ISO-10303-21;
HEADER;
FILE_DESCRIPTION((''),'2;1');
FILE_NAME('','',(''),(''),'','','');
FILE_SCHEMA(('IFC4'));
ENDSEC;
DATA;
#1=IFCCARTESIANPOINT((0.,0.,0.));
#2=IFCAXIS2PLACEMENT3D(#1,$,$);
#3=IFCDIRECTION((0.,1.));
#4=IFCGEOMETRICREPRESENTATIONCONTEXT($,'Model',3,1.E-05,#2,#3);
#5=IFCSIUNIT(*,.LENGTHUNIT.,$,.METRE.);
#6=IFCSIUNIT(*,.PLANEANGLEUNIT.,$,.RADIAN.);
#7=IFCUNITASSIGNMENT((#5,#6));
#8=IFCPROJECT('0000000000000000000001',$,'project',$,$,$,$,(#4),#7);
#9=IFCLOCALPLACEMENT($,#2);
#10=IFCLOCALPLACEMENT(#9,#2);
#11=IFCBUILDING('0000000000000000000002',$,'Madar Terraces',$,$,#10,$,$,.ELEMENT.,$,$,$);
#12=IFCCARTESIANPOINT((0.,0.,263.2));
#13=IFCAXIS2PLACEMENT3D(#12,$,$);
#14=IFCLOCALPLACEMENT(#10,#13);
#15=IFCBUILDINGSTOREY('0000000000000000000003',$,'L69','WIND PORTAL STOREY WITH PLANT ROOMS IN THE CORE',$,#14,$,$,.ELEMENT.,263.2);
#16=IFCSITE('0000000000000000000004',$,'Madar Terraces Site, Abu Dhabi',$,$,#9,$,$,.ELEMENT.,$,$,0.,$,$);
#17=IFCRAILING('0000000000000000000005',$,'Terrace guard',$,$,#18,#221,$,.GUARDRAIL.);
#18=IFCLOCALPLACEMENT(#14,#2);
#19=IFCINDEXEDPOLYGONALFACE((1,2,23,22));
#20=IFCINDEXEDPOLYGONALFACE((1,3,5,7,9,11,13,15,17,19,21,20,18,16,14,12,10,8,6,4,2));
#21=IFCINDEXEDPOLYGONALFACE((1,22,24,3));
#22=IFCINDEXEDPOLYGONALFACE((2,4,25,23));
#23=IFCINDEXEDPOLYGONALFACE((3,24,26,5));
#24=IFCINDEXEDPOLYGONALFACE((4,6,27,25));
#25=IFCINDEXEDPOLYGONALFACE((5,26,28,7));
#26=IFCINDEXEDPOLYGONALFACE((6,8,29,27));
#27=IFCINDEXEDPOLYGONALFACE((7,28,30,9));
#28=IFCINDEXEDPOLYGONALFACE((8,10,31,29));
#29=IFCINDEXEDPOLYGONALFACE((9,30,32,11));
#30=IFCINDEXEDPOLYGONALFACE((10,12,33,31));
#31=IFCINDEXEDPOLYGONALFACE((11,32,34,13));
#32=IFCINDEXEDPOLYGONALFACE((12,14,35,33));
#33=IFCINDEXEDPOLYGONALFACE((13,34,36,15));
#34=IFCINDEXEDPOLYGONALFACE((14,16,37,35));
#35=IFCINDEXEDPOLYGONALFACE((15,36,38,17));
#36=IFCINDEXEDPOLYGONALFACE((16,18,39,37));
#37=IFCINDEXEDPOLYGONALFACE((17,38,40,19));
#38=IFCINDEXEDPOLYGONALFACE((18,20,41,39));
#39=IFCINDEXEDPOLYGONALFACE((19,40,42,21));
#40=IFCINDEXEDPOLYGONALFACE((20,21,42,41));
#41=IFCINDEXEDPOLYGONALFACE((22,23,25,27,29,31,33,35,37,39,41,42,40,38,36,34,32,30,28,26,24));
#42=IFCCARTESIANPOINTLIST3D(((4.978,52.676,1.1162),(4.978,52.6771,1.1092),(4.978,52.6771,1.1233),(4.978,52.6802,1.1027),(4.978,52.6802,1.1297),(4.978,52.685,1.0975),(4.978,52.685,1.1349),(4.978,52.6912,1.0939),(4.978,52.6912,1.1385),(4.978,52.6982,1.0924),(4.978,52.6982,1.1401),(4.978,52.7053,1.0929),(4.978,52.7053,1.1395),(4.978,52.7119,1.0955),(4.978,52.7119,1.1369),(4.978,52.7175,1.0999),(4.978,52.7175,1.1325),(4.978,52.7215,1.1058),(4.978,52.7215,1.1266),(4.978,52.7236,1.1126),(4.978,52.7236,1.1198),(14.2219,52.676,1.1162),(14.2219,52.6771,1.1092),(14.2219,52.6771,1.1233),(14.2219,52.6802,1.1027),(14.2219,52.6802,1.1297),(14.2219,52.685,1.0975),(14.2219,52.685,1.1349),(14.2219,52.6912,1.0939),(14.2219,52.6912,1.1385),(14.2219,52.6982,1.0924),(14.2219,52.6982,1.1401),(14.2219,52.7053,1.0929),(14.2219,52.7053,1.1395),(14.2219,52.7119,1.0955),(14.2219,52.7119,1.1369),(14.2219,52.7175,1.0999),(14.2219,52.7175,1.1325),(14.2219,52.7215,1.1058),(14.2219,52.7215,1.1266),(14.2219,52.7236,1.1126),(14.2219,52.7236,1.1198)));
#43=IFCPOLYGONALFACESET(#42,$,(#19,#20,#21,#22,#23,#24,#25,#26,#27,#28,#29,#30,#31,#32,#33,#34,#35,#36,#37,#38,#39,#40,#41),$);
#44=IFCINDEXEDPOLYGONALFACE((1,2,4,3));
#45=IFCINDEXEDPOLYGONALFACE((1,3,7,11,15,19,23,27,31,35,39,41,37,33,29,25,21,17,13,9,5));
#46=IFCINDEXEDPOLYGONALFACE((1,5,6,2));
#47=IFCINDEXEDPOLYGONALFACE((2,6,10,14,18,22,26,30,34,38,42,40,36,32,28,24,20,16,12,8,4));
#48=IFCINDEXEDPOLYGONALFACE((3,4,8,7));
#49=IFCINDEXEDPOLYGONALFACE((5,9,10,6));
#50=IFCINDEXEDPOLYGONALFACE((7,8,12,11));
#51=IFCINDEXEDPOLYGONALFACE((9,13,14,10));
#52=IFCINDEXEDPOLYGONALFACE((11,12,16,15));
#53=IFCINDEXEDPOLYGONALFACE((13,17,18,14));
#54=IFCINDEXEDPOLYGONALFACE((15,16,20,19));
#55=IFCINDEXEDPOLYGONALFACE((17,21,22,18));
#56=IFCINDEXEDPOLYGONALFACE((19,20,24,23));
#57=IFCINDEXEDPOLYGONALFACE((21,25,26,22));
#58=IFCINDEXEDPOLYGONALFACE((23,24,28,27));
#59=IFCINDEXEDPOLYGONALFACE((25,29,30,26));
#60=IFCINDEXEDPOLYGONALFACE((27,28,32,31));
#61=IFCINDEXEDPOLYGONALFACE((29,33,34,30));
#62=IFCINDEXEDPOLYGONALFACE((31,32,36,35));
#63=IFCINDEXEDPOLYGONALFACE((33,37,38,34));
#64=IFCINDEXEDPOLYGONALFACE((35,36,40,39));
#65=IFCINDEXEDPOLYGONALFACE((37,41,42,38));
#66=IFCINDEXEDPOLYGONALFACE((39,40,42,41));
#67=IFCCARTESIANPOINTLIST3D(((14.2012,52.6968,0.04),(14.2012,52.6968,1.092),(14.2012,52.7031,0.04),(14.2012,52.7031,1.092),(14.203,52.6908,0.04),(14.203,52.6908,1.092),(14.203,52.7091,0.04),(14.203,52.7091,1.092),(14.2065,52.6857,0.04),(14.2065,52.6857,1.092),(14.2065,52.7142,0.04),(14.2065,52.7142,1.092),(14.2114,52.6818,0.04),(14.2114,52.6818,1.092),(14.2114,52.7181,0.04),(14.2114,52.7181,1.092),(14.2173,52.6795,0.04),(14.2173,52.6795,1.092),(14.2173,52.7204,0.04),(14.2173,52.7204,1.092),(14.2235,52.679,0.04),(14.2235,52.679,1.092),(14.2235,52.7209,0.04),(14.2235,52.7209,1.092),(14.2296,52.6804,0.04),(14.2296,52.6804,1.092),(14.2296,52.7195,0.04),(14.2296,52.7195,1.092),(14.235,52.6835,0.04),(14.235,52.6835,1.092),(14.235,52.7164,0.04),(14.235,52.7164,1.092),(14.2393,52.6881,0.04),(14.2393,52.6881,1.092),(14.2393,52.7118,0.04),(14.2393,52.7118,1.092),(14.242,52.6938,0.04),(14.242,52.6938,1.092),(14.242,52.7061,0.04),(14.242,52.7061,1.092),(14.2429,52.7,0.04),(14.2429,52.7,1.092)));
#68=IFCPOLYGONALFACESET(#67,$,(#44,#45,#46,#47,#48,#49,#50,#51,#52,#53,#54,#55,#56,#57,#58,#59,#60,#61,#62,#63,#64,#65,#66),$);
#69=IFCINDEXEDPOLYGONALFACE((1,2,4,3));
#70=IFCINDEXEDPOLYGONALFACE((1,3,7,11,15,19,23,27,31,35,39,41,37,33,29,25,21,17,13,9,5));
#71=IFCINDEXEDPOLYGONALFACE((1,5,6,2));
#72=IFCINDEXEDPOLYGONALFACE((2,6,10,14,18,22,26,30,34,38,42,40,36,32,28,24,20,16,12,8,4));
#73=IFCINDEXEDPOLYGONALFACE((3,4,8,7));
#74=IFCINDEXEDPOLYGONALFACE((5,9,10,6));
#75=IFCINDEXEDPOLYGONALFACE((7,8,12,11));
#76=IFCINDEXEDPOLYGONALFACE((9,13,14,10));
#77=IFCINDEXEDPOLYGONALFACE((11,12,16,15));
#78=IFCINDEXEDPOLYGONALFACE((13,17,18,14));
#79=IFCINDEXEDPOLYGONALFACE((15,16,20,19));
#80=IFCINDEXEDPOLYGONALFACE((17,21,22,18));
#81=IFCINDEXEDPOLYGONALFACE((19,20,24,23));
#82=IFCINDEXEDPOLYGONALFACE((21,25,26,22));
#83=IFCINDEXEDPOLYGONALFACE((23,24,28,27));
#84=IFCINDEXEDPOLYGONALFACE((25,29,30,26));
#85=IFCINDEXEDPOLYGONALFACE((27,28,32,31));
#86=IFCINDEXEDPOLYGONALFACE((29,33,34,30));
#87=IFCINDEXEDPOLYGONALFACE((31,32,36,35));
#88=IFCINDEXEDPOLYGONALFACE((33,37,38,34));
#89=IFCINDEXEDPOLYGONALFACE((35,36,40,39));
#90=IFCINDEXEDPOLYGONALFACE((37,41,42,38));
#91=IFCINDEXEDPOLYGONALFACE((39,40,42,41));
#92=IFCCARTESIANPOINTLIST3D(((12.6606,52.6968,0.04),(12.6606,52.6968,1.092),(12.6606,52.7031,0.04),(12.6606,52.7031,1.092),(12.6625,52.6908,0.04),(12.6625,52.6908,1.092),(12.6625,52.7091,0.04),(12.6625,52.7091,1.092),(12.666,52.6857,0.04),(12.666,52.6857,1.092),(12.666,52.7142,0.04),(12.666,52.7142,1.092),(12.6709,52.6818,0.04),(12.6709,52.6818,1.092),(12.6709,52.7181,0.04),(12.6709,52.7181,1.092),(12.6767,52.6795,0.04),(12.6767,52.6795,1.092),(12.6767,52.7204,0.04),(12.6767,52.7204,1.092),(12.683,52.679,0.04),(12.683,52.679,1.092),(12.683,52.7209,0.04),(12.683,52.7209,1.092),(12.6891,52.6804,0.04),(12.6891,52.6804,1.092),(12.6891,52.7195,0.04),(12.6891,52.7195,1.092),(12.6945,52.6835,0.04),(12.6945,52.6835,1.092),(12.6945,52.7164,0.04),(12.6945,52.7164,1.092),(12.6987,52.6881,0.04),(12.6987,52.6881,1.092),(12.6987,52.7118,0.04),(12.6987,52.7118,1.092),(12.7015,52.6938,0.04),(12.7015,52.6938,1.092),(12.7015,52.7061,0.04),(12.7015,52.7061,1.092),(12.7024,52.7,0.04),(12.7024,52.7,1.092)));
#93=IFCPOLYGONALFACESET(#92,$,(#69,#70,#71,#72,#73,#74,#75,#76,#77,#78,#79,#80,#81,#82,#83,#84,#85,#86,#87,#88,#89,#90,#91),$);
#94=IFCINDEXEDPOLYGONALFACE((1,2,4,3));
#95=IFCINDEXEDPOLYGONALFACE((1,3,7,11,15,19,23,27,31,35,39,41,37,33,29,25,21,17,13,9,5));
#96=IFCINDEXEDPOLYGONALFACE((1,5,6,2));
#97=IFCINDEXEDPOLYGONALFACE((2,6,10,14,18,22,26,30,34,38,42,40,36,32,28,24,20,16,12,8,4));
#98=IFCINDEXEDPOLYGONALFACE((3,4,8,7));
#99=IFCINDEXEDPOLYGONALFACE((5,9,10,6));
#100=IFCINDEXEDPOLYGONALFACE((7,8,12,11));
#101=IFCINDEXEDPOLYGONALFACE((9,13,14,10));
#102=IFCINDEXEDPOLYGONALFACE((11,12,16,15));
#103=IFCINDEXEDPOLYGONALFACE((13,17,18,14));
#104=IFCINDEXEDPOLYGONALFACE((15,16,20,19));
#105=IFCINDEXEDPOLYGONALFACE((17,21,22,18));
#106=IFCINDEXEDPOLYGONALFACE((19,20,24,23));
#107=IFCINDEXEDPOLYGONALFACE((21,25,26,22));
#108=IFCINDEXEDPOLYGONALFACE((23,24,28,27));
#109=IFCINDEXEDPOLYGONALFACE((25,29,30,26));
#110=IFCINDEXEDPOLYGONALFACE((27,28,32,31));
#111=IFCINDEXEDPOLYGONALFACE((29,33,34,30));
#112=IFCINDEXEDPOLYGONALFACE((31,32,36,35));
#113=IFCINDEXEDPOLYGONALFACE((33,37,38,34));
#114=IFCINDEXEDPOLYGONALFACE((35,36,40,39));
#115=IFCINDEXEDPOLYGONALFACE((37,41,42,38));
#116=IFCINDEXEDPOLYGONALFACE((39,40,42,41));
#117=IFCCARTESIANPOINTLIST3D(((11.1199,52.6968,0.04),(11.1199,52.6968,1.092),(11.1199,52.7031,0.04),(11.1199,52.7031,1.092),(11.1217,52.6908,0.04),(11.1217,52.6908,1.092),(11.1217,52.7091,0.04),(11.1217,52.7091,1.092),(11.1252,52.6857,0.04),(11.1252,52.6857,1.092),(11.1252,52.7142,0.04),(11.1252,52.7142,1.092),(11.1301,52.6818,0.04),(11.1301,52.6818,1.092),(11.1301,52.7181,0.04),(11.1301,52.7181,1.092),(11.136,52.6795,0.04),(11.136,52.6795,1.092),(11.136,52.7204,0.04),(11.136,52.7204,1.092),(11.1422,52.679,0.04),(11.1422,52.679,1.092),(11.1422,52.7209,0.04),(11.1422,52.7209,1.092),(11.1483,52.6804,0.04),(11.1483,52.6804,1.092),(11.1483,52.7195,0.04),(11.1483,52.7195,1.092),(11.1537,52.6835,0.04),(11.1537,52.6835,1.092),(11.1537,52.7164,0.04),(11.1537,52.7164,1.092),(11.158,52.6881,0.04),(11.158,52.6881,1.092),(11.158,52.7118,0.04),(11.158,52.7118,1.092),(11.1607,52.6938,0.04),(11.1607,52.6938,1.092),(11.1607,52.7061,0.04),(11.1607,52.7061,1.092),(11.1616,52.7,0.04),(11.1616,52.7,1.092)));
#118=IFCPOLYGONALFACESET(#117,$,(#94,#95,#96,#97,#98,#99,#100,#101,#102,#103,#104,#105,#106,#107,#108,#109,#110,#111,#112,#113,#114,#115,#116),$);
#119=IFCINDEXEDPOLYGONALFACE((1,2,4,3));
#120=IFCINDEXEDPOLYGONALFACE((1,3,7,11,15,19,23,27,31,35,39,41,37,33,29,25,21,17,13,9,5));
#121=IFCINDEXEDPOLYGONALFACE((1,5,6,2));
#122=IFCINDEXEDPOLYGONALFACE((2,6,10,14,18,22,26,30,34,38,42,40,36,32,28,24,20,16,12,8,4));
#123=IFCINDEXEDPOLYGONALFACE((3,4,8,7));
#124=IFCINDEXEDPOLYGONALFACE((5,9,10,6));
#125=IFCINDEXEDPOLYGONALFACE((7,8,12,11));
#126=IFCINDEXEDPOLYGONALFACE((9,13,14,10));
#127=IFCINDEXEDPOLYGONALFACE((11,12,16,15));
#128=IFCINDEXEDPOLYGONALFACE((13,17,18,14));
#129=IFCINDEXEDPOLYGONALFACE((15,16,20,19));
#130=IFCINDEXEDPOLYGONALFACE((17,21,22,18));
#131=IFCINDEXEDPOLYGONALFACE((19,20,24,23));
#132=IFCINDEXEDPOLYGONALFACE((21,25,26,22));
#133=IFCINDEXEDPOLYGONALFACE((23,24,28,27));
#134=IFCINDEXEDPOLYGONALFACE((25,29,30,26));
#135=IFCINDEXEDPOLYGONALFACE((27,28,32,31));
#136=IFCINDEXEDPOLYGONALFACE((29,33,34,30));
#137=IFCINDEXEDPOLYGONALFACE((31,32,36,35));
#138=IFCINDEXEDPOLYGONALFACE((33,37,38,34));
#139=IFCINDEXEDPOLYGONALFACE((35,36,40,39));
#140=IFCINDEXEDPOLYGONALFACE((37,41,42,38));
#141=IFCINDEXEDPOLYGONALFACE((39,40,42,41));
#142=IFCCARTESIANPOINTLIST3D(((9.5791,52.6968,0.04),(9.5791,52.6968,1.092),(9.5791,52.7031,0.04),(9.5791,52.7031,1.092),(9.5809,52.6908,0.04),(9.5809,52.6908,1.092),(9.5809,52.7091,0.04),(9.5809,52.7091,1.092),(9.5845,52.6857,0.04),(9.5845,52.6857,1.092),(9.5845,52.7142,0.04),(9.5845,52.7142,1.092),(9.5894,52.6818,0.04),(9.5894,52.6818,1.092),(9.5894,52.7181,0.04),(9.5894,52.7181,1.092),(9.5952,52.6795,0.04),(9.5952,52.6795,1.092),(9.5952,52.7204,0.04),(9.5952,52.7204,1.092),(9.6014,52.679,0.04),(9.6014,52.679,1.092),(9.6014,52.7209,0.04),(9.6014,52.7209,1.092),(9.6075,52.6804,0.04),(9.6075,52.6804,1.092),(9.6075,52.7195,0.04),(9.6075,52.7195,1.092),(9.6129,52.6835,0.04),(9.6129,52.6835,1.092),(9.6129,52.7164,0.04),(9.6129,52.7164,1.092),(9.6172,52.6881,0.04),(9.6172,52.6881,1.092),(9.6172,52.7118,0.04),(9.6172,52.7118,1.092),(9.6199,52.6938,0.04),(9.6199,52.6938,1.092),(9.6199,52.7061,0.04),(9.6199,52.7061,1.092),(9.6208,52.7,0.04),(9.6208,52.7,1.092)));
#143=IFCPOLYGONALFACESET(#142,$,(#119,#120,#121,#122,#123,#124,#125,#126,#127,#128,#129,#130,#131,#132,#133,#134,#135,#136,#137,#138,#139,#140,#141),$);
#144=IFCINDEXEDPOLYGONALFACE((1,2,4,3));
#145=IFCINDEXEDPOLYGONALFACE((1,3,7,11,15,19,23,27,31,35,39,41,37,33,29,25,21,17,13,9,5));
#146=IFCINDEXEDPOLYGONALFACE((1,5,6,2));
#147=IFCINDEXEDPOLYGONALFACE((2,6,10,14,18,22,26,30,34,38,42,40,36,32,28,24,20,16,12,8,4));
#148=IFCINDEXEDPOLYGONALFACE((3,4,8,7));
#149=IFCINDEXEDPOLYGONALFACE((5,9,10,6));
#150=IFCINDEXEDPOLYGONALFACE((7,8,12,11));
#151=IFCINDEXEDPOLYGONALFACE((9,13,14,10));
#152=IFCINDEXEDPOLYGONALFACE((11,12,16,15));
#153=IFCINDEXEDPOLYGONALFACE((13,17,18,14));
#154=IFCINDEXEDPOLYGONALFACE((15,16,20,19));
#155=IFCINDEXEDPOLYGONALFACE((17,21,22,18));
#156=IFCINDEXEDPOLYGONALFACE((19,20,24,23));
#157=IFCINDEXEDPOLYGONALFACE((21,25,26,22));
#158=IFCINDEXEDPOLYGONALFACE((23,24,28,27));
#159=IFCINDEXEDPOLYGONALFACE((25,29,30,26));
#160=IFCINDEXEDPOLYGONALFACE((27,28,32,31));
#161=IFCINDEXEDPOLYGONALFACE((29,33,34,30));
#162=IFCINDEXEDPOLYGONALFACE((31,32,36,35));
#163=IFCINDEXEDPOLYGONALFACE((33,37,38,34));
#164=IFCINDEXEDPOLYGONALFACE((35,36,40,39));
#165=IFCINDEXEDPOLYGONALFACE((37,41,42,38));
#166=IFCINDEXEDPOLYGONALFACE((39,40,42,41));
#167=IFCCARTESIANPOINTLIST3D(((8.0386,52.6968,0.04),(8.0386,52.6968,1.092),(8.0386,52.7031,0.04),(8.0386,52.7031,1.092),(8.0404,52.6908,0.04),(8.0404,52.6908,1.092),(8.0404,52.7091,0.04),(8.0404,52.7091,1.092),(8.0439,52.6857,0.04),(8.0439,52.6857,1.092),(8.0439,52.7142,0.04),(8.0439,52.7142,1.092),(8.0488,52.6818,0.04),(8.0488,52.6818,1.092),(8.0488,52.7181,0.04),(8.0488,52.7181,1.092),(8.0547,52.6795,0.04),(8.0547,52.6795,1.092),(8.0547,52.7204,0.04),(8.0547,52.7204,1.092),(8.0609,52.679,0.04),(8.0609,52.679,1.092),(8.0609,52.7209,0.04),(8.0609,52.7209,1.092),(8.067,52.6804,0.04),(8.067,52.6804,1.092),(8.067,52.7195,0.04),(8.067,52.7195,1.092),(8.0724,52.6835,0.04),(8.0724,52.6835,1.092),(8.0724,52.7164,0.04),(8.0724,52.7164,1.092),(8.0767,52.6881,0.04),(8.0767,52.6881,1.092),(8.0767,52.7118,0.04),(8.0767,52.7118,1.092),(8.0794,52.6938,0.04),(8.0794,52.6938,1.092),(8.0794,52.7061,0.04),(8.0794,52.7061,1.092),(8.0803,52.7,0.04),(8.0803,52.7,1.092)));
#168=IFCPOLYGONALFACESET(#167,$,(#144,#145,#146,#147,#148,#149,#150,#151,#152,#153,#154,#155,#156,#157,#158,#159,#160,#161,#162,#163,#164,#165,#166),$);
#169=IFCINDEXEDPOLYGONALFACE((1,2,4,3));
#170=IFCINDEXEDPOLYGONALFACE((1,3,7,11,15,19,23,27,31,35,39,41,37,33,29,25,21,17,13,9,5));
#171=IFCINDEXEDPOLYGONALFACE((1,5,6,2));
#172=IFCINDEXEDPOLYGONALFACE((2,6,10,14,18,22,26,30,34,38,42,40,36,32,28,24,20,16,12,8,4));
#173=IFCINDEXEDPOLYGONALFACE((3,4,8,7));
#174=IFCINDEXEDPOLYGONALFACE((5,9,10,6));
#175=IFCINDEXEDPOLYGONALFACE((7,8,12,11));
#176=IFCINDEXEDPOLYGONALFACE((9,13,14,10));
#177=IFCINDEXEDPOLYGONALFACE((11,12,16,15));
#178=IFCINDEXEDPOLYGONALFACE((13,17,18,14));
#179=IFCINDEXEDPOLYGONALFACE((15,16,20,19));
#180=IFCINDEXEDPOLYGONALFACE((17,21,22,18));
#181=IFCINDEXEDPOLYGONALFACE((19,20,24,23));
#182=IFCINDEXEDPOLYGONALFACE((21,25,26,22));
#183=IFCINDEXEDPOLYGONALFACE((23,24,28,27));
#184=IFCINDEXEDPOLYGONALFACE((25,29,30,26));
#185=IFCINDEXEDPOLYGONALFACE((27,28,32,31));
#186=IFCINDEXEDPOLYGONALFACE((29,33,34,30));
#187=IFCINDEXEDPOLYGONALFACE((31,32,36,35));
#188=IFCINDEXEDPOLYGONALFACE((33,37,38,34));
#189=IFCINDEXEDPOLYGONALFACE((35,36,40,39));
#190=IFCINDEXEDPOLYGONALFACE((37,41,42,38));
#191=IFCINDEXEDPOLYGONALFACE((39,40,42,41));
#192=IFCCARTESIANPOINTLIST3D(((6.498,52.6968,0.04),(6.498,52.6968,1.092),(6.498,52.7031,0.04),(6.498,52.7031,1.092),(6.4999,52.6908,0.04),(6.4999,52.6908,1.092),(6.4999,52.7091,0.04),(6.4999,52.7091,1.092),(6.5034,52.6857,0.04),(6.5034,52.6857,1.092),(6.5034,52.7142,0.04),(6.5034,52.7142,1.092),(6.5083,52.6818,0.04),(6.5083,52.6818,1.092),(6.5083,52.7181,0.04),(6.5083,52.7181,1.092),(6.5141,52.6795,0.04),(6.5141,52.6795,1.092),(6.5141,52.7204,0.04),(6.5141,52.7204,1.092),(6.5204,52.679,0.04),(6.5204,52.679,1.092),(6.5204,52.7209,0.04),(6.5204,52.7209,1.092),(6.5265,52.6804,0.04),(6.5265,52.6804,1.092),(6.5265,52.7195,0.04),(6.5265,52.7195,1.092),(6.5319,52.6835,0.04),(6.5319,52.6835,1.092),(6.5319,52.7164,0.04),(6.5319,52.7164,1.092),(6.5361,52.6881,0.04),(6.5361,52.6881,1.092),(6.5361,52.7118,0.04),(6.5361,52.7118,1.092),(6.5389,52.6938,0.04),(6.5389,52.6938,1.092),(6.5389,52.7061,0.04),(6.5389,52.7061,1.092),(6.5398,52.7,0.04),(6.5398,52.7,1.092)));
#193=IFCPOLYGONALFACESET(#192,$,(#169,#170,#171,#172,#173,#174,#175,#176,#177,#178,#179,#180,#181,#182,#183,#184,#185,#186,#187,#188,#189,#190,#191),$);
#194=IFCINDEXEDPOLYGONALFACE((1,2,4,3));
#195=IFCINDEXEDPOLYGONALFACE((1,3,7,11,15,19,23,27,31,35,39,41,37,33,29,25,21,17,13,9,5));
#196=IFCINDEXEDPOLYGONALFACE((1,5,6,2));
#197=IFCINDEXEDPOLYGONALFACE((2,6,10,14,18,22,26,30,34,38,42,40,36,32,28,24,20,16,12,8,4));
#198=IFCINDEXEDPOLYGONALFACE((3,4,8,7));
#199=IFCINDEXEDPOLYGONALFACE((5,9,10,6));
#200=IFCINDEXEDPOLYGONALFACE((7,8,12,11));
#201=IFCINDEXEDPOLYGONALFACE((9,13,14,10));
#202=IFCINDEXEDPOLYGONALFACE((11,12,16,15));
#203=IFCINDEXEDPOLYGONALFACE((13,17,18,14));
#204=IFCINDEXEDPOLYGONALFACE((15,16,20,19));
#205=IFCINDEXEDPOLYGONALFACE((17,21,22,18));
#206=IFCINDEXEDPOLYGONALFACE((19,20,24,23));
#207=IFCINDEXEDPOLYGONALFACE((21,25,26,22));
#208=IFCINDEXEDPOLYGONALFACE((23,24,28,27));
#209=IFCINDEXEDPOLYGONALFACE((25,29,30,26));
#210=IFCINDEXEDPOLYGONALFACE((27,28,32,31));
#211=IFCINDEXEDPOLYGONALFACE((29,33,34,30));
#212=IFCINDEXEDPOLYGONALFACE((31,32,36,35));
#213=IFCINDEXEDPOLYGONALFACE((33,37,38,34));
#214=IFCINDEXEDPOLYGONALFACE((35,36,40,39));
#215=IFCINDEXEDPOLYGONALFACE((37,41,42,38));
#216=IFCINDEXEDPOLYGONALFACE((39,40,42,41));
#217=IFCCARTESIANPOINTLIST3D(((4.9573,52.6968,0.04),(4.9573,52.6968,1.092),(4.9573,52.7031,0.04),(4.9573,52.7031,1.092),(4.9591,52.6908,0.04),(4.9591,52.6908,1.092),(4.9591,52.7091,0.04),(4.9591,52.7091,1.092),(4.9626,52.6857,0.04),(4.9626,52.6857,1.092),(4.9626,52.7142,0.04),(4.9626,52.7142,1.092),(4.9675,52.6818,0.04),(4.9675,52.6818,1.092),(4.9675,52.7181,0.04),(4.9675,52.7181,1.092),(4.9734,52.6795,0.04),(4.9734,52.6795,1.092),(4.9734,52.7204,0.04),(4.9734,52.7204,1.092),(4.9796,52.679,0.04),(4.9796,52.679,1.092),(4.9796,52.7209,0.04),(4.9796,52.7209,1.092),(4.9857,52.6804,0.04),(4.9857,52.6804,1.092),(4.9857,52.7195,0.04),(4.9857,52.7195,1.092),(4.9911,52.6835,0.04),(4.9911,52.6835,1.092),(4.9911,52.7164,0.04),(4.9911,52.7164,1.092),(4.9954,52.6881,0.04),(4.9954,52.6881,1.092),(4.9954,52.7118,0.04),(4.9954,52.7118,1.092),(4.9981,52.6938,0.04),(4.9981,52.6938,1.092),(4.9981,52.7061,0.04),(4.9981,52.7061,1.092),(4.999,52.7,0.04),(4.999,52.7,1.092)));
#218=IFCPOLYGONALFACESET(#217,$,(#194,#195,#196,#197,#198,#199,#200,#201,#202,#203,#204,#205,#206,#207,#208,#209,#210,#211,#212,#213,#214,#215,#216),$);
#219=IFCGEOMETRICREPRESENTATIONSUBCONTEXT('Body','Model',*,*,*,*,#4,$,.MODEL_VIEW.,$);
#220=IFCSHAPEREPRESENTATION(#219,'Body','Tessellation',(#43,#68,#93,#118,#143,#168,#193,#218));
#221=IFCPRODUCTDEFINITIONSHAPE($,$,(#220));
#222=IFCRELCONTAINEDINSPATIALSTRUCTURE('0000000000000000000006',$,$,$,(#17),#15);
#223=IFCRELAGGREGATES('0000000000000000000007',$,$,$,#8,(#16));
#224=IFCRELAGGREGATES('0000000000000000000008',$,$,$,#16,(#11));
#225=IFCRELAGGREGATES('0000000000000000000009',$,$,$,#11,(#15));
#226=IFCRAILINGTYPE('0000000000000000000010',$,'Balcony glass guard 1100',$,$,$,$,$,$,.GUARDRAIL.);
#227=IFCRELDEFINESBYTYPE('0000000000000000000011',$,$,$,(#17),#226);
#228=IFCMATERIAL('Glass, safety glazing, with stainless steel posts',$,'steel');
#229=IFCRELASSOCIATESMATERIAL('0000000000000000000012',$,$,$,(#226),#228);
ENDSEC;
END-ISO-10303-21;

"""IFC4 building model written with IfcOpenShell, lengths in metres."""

from ifc_helpers import new_model, si_unit, direction, frame, origin, origin_2d, place, context, subcontext, project, spatial, circle, extrude, material, type_object, element, save


model = new_model("IFC4")

# Units and contexts
model_context = context("Model", 3, precision=1e-05, world=origin(), true_north=direction((0.0, 1.0)))
body_context = subcontext(model_context, "Body", "Model", "MODEL_VIEW")
ifc_project = project(units=[si_unit("LENGTHUNIT", "METRE"), si_unit("PLANEANGLEUNIT", "RADIAN")], contexts=[model_context])

# Site, building, storey
site_placement = place(None, origin())
site = spatial("IfcSite", under=ifc_project, at=site_placement, Name="Madar Terraces Site, Abu Dhabi", CompositionType="ELEMENT", RefElevation=0.0)
building_placement = place(site_placement, origin())
building = spatial("IfcBuilding", under=site, at=building_placement, Name="Madar Terraces", CompositionType="ELEMENT")
storey_placement = place(building_placement, frame((0.0, 0.0, 263.2)))
storey = spatial("IfcBuildingStorey", under=building, at=storey_placement, Name="L69", Description="WIND PORTAL STOREY WITH PLANT ROOMS IN THE CORE", CompositionType="ELEMENT", Elevation=263.2)

# Railing
ifc_material_1 = material(Name="Glass, safety glazing, with stainless steel posts", Category="steel")
railing_type = type_object("IfcRailingType", Name="Balcony glass guard 1100", PredefinedType="GUARDRAIL", material=ifc_material_1)
railing_1_placement = place(storey_placement, frame((14.2219, 52.7, 0.04)))
element("IfcRailing", 1, at=railing_1_placement, inside=storey, type_object=railing_type, Name="Terrace guard", PredefinedType="GUARDRAIL", context=body_context, shape_type="SweptSolid", body=[
    extrude(circle(Radius=0.0239, at=origin_2d()), frame((0.0, 0.0, 1.0762), z_axis=(-1.0, 0.0, 0.0), x_axis=(0.0, -1.0, 0.0)), (0.0, 0.0, 1.0), 9.2439),
    extrude(circle(Radius=0.021, at=origin_2d()), origin(), (0.0, 0.0, 1.0), 1.052),
    extrude(circle(Radius=0.021, at=origin_2d()), frame((-1.5405, 0.0, 0.0)), (0.0, 0.0, 1.0), 1.052),
    extrude(circle(Radius=0.021, at=origin_2d()), frame((-3.0813, 0.0, 0.0)), (0.0, 0.0, 1.0), 1.052),
    extrude(circle(Radius=0.021, at=origin_2d()), frame((-4.6221, 0.0, 0.0)), (0.0, 0.0, 1.0), 1.052),
    extrude(circle(Radius=0.021, at=origin_2d()), frame((-6.1626, 0.0, 0.0)), (0.0, 0.0, 1.0), 1.052),
    extrude(circle(Radius=0.021, at=origin_2d()), frame((-7.7031, 0.0, 0.0)), (0.0, 0.0, 1.0), 1.052),
    extrude(circle(Radius=0.021, at=origin_2d()), frame((-9.2439, 0.0, 0.0)), (0.0, 0.0, 1.0), 1.052),
])

save(model, "model.ifc")
